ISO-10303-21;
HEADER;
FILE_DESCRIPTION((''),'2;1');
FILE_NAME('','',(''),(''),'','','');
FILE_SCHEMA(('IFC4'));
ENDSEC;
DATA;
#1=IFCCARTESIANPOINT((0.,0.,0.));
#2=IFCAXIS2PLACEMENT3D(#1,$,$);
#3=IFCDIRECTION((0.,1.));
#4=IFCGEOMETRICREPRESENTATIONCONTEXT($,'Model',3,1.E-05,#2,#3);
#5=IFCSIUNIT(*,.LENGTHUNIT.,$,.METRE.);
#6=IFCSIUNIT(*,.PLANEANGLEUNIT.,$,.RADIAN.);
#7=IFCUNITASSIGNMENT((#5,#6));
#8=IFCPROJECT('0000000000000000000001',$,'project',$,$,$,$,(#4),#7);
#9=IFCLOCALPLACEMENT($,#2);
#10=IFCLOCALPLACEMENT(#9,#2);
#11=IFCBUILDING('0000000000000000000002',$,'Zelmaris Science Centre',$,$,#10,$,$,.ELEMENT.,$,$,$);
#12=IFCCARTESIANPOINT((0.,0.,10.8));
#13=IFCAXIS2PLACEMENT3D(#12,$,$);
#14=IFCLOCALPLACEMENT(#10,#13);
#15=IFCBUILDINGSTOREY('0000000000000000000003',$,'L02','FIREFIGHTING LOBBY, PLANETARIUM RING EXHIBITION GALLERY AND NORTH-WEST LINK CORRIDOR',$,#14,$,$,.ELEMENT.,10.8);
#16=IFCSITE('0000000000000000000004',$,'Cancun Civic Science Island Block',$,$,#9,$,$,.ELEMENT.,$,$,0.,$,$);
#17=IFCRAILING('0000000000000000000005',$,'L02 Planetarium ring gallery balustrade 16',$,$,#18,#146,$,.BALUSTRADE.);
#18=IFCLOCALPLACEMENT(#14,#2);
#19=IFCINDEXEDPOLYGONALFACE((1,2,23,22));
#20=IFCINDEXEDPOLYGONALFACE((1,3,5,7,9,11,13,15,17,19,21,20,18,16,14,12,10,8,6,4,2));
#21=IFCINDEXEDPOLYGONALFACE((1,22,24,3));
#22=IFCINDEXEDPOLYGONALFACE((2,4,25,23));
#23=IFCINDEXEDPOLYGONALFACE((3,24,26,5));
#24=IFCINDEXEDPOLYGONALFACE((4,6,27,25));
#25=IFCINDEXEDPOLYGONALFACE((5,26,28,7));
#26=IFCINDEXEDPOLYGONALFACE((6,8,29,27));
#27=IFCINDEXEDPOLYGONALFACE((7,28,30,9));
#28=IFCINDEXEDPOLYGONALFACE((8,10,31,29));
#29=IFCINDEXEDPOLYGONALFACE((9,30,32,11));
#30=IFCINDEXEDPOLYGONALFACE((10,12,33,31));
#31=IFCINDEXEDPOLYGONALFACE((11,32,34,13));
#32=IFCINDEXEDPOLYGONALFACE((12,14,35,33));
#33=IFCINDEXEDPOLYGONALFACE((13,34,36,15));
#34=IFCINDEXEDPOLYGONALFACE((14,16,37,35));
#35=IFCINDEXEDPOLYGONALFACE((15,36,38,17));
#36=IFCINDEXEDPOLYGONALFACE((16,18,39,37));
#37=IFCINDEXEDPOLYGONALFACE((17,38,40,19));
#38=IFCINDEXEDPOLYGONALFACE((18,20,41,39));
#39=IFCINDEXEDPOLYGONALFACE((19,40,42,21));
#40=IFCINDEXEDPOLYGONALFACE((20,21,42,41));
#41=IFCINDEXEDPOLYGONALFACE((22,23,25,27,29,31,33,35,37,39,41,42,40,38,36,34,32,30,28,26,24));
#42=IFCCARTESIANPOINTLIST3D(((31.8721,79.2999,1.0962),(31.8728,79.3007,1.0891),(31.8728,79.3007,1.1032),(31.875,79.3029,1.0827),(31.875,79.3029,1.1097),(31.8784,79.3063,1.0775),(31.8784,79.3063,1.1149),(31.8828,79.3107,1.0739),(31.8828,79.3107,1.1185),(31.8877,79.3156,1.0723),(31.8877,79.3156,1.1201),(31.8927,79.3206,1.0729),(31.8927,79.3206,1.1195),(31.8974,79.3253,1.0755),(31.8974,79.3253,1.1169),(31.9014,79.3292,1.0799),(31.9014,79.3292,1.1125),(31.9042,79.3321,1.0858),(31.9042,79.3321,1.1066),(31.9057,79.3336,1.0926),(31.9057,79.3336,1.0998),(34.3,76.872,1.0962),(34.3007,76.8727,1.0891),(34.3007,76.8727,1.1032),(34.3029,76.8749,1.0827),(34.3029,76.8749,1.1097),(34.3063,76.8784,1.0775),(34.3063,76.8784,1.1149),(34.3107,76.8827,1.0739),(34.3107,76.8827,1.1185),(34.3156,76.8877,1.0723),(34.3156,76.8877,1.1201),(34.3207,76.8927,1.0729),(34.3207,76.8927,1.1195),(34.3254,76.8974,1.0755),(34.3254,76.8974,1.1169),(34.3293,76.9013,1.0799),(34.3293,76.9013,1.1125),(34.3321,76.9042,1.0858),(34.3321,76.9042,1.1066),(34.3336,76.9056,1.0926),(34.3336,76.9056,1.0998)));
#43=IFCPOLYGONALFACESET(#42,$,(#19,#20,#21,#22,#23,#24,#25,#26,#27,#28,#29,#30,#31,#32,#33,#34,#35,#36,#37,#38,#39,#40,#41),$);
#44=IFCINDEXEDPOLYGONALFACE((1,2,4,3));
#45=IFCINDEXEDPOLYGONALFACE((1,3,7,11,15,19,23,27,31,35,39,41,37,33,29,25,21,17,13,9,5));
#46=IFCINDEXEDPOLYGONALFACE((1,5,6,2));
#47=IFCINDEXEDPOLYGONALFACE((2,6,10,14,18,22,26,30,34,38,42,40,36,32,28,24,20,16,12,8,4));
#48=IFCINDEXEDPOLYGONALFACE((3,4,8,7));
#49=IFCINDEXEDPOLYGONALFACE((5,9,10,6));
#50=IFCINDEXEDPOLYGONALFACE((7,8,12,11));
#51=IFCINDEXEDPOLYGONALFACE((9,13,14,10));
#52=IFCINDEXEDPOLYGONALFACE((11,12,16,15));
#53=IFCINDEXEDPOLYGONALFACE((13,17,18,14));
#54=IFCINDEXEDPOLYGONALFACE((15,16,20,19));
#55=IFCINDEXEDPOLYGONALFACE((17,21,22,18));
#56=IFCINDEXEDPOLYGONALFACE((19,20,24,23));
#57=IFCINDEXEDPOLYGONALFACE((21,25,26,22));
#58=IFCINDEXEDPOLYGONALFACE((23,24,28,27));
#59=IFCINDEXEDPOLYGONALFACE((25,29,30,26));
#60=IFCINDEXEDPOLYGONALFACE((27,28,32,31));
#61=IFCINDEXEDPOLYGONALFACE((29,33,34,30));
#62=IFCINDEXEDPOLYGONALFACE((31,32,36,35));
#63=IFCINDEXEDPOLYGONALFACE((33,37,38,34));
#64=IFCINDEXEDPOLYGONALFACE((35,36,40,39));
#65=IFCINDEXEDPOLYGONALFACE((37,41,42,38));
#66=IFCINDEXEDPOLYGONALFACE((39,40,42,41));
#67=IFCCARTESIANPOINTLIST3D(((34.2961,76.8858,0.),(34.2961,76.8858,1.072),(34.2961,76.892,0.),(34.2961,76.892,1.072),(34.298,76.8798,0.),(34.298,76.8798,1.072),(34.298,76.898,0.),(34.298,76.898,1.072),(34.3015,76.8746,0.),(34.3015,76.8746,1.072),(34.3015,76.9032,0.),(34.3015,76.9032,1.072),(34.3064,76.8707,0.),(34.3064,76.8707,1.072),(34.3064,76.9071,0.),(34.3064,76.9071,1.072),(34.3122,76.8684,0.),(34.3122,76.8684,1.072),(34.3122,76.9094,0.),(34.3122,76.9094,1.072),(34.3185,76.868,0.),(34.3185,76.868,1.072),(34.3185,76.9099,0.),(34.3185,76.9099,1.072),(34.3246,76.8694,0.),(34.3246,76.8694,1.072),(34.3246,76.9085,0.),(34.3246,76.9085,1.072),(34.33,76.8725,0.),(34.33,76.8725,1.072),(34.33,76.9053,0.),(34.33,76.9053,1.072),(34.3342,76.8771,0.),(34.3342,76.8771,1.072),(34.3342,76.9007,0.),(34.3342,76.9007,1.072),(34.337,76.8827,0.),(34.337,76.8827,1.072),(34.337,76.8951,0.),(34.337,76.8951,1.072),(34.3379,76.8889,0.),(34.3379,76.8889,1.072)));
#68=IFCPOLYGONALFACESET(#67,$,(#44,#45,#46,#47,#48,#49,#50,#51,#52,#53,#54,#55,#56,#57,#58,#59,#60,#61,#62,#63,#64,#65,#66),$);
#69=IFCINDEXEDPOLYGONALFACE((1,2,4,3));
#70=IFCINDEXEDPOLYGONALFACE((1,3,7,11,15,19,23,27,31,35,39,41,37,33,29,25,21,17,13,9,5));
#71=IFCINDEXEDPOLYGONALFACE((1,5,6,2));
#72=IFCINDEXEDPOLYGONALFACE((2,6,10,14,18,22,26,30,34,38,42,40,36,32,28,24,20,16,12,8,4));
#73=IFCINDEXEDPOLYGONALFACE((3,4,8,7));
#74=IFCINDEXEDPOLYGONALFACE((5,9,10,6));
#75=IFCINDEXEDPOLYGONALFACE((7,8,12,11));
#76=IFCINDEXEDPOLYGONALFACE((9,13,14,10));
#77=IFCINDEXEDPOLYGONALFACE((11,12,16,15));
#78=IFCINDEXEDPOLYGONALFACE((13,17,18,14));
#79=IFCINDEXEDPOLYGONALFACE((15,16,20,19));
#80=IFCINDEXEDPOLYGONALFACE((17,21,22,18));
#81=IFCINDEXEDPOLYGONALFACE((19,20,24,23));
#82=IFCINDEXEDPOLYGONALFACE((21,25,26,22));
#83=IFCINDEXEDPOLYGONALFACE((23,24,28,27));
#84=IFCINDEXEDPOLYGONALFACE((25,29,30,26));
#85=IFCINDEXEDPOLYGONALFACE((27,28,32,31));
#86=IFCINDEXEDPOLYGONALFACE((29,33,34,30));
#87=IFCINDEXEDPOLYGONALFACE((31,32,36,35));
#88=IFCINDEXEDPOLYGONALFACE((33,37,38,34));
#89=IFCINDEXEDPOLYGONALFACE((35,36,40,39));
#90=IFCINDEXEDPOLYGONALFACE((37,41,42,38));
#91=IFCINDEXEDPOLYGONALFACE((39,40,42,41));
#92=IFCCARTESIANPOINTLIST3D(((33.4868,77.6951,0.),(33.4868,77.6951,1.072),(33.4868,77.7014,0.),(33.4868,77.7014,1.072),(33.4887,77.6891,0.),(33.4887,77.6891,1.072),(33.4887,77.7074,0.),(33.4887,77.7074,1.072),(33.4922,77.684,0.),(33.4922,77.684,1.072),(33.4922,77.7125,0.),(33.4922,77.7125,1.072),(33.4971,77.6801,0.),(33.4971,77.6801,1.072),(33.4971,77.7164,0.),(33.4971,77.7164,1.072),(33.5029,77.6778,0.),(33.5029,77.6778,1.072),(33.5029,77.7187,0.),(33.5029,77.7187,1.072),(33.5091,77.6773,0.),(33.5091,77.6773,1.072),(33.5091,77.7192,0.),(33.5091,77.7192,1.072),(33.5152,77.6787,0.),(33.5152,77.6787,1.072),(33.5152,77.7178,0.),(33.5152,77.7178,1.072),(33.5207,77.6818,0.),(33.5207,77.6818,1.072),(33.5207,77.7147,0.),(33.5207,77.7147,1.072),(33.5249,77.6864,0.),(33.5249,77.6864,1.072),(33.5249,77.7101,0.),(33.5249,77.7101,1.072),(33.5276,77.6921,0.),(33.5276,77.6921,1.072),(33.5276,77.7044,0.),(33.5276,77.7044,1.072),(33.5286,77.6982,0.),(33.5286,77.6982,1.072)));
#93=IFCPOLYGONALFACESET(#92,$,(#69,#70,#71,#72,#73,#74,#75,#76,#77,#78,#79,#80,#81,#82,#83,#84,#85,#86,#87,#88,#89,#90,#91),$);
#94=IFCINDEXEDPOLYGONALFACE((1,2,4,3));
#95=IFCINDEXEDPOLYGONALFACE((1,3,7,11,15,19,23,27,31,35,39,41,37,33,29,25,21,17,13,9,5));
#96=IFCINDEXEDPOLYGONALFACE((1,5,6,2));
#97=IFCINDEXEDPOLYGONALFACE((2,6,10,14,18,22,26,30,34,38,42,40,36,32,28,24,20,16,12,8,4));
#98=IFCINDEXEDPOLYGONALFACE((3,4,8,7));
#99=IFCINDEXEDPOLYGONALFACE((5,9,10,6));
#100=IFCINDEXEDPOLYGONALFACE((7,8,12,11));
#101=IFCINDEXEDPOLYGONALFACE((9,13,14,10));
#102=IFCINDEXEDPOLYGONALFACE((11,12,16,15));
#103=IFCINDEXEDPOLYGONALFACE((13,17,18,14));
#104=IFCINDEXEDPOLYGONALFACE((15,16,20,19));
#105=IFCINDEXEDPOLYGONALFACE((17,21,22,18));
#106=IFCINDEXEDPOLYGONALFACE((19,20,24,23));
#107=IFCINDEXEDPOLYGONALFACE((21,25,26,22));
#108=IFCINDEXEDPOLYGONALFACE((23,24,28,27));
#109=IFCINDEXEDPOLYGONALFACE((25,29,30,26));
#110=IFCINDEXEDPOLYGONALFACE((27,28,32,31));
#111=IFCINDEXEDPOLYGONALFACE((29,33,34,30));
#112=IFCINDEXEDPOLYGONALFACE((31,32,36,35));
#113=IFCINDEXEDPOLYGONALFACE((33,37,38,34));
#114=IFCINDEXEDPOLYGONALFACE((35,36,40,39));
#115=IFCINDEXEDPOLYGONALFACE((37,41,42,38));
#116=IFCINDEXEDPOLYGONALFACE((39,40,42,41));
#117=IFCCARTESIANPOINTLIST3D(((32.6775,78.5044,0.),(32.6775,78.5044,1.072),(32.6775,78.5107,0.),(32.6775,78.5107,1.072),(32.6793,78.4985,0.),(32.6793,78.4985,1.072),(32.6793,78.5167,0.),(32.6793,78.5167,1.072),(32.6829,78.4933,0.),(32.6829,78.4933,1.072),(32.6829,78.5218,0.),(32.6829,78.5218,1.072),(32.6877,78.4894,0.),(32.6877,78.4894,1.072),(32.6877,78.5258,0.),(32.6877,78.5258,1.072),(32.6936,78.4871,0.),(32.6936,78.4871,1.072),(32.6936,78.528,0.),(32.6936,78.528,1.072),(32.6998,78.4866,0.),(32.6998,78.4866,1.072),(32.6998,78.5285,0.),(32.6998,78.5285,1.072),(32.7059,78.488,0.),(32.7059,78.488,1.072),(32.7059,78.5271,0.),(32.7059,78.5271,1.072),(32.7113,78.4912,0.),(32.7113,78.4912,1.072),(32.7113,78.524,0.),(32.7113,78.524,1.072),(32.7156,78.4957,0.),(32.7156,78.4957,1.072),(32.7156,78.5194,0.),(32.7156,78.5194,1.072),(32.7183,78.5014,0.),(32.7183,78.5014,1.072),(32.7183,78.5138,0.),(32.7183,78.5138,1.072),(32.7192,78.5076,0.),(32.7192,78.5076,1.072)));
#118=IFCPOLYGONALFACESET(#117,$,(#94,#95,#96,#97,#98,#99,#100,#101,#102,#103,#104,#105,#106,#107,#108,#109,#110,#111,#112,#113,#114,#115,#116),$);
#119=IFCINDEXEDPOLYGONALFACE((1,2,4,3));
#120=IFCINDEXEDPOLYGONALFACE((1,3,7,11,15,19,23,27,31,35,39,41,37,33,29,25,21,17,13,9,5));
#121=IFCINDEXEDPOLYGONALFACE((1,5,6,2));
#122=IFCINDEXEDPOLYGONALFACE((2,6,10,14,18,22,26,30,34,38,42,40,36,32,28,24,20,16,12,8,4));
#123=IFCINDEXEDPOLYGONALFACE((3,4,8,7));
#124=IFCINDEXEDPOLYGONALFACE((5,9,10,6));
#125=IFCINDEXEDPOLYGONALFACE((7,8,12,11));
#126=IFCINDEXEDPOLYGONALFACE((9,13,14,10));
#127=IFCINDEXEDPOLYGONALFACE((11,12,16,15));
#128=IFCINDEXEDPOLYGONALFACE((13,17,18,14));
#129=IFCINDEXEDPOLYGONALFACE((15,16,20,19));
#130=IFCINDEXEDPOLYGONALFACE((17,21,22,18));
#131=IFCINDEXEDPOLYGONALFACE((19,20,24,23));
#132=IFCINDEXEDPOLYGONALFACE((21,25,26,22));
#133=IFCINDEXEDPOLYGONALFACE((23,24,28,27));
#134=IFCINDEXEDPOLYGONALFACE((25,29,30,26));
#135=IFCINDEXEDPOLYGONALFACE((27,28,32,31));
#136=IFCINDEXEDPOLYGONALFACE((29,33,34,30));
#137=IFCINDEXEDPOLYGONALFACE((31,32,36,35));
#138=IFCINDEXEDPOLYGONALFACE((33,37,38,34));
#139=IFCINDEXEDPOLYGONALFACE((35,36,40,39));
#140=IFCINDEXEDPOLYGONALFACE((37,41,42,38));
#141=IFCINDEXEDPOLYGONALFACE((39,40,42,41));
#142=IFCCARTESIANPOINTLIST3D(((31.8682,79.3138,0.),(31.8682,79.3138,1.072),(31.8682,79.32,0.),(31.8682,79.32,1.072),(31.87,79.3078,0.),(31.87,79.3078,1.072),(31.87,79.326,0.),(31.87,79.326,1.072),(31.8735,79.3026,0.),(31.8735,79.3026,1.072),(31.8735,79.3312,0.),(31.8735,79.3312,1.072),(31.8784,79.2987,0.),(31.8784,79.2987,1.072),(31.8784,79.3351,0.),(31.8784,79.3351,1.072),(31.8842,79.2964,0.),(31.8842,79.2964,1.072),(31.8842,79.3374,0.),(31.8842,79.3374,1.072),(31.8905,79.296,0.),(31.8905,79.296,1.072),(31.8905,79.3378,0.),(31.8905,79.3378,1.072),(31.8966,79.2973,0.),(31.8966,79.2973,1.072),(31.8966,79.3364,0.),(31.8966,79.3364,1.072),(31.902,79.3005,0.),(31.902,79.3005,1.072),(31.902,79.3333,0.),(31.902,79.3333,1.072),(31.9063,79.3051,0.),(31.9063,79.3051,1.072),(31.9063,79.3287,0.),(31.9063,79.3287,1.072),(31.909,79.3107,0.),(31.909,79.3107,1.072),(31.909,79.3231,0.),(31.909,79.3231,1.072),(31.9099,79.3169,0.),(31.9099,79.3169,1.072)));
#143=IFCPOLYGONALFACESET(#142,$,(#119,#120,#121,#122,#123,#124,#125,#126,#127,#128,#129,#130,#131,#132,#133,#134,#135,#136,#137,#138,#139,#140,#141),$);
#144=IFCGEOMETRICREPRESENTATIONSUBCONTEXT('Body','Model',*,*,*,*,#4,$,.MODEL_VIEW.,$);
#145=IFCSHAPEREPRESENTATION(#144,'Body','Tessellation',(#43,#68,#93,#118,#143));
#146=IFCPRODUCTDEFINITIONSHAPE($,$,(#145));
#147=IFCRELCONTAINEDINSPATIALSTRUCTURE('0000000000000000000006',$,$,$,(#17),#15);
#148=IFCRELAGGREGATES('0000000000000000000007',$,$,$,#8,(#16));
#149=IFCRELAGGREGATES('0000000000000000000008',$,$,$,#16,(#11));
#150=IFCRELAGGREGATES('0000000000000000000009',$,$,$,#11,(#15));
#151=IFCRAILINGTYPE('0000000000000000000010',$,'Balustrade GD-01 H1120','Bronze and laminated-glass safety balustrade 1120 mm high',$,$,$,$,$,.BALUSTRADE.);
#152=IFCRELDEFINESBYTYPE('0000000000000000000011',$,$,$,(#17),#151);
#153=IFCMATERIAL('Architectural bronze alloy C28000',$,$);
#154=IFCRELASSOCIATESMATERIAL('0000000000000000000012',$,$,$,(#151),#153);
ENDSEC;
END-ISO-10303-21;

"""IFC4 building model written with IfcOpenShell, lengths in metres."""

from ifc_helpers import new_model, si_unit, direction, frame, origin, origin_2d, place, context, subcontext, project, spatial, circle, extrude, material, type_object, element, save


model = new_model("IFC4")

# Units and contexts
model_context = context("Model", 3, precision=1e-05, world=origin(), true_north=direction((0.0, 1.0)))
body_context = subcontext(model_context, "Body", "Model", "MODEL_VIEW")
ifc_project = project(units=[si_unit("LENGTHUNIT", "METRE"), si_unit("PLANEANGLEUNIT", "RADIAN")], contexts=[model_context])

# Site, building, storey
site_placement = place(None, origin())
site = spatial("IfcSite", under=ifc_project, at=site_placement, Name="Cancun Civic Science Island Block", CompositionType="ELEMENT", RefElevation=0.0)
building_placement = place(site_placement, origin())
building = spatial("IfcBuilding", under=site, at=building_placement, Name="Zelmaris Science Centre", CompositionType="ELEMENT")
storey_placement = place(building_placement, frame((0.0, 0.0, 10.8)))
storey = spatial("IfcBuildingStorey", under=building, at=storey_placement, Name="L02", Description="FIREFIGHTING LOBBY, PLANETARIUM RING EXHIBITION GALLERY AND NORTH-WEST LINK CORRIDOR", CompositionType="ELEMENT", Elevation=10.8)

# Railing
ifc_material_1 = material(Name="Architectural bronze alloy C28000")
railing_type = type_object("IfcRailingType", Name="Balustrade GD-01 H1120", Description="Bronze and laminated-glass safety balustrade 1120 mm high", PredefinedType="BALUSTRADE", material=ifc_material_1)
railing_1_placement = place(storey_placement, frame((34.3169, 76.8889, 0.0)))
element("IfcRailing", 1, at=railing_1_placement, inside=storey, type_object=railing_type, Name="L02 Planetarium ring gallery balustrade 16", PredefinedType="BALUSTRADE", context=body_context, shape_type="SweptSolid", body=[
    extrude(circle(Radius=0.0239, at=origin_2d()), frame((0.0, 0.0, 1.0962), z_axis=(-0.707107, 0.707107, 0.0), x_axis=(-0.707107, -0.707107, 0.0)), (0.0, 0.0, 1.0), 3.4336),
    extrude(circle(Radius=0.021, at=origin_2d()), origin(), (0.0, 0.0, 1.0), 1.072),
    extrude(circle(Radius=0.021, at=origin_2d()), frame((-0.8093, 0.8093, 0.0)), (0.0, 0.0, 1.0), 1.072),
    extrude(circle(Radius=0.021, at=origin_2d()), frame((-1.6187, 1.6187, 0.0)), (0.0, 0.0, 1.0), 1.072),
    extrude(circle(Radius=0.021, at=origin_2d()), frame((-2.428, 2.428, 0.0)), (0.0, 0.0, 1.0), 1.072),
])

save(model, "model.ifc")
